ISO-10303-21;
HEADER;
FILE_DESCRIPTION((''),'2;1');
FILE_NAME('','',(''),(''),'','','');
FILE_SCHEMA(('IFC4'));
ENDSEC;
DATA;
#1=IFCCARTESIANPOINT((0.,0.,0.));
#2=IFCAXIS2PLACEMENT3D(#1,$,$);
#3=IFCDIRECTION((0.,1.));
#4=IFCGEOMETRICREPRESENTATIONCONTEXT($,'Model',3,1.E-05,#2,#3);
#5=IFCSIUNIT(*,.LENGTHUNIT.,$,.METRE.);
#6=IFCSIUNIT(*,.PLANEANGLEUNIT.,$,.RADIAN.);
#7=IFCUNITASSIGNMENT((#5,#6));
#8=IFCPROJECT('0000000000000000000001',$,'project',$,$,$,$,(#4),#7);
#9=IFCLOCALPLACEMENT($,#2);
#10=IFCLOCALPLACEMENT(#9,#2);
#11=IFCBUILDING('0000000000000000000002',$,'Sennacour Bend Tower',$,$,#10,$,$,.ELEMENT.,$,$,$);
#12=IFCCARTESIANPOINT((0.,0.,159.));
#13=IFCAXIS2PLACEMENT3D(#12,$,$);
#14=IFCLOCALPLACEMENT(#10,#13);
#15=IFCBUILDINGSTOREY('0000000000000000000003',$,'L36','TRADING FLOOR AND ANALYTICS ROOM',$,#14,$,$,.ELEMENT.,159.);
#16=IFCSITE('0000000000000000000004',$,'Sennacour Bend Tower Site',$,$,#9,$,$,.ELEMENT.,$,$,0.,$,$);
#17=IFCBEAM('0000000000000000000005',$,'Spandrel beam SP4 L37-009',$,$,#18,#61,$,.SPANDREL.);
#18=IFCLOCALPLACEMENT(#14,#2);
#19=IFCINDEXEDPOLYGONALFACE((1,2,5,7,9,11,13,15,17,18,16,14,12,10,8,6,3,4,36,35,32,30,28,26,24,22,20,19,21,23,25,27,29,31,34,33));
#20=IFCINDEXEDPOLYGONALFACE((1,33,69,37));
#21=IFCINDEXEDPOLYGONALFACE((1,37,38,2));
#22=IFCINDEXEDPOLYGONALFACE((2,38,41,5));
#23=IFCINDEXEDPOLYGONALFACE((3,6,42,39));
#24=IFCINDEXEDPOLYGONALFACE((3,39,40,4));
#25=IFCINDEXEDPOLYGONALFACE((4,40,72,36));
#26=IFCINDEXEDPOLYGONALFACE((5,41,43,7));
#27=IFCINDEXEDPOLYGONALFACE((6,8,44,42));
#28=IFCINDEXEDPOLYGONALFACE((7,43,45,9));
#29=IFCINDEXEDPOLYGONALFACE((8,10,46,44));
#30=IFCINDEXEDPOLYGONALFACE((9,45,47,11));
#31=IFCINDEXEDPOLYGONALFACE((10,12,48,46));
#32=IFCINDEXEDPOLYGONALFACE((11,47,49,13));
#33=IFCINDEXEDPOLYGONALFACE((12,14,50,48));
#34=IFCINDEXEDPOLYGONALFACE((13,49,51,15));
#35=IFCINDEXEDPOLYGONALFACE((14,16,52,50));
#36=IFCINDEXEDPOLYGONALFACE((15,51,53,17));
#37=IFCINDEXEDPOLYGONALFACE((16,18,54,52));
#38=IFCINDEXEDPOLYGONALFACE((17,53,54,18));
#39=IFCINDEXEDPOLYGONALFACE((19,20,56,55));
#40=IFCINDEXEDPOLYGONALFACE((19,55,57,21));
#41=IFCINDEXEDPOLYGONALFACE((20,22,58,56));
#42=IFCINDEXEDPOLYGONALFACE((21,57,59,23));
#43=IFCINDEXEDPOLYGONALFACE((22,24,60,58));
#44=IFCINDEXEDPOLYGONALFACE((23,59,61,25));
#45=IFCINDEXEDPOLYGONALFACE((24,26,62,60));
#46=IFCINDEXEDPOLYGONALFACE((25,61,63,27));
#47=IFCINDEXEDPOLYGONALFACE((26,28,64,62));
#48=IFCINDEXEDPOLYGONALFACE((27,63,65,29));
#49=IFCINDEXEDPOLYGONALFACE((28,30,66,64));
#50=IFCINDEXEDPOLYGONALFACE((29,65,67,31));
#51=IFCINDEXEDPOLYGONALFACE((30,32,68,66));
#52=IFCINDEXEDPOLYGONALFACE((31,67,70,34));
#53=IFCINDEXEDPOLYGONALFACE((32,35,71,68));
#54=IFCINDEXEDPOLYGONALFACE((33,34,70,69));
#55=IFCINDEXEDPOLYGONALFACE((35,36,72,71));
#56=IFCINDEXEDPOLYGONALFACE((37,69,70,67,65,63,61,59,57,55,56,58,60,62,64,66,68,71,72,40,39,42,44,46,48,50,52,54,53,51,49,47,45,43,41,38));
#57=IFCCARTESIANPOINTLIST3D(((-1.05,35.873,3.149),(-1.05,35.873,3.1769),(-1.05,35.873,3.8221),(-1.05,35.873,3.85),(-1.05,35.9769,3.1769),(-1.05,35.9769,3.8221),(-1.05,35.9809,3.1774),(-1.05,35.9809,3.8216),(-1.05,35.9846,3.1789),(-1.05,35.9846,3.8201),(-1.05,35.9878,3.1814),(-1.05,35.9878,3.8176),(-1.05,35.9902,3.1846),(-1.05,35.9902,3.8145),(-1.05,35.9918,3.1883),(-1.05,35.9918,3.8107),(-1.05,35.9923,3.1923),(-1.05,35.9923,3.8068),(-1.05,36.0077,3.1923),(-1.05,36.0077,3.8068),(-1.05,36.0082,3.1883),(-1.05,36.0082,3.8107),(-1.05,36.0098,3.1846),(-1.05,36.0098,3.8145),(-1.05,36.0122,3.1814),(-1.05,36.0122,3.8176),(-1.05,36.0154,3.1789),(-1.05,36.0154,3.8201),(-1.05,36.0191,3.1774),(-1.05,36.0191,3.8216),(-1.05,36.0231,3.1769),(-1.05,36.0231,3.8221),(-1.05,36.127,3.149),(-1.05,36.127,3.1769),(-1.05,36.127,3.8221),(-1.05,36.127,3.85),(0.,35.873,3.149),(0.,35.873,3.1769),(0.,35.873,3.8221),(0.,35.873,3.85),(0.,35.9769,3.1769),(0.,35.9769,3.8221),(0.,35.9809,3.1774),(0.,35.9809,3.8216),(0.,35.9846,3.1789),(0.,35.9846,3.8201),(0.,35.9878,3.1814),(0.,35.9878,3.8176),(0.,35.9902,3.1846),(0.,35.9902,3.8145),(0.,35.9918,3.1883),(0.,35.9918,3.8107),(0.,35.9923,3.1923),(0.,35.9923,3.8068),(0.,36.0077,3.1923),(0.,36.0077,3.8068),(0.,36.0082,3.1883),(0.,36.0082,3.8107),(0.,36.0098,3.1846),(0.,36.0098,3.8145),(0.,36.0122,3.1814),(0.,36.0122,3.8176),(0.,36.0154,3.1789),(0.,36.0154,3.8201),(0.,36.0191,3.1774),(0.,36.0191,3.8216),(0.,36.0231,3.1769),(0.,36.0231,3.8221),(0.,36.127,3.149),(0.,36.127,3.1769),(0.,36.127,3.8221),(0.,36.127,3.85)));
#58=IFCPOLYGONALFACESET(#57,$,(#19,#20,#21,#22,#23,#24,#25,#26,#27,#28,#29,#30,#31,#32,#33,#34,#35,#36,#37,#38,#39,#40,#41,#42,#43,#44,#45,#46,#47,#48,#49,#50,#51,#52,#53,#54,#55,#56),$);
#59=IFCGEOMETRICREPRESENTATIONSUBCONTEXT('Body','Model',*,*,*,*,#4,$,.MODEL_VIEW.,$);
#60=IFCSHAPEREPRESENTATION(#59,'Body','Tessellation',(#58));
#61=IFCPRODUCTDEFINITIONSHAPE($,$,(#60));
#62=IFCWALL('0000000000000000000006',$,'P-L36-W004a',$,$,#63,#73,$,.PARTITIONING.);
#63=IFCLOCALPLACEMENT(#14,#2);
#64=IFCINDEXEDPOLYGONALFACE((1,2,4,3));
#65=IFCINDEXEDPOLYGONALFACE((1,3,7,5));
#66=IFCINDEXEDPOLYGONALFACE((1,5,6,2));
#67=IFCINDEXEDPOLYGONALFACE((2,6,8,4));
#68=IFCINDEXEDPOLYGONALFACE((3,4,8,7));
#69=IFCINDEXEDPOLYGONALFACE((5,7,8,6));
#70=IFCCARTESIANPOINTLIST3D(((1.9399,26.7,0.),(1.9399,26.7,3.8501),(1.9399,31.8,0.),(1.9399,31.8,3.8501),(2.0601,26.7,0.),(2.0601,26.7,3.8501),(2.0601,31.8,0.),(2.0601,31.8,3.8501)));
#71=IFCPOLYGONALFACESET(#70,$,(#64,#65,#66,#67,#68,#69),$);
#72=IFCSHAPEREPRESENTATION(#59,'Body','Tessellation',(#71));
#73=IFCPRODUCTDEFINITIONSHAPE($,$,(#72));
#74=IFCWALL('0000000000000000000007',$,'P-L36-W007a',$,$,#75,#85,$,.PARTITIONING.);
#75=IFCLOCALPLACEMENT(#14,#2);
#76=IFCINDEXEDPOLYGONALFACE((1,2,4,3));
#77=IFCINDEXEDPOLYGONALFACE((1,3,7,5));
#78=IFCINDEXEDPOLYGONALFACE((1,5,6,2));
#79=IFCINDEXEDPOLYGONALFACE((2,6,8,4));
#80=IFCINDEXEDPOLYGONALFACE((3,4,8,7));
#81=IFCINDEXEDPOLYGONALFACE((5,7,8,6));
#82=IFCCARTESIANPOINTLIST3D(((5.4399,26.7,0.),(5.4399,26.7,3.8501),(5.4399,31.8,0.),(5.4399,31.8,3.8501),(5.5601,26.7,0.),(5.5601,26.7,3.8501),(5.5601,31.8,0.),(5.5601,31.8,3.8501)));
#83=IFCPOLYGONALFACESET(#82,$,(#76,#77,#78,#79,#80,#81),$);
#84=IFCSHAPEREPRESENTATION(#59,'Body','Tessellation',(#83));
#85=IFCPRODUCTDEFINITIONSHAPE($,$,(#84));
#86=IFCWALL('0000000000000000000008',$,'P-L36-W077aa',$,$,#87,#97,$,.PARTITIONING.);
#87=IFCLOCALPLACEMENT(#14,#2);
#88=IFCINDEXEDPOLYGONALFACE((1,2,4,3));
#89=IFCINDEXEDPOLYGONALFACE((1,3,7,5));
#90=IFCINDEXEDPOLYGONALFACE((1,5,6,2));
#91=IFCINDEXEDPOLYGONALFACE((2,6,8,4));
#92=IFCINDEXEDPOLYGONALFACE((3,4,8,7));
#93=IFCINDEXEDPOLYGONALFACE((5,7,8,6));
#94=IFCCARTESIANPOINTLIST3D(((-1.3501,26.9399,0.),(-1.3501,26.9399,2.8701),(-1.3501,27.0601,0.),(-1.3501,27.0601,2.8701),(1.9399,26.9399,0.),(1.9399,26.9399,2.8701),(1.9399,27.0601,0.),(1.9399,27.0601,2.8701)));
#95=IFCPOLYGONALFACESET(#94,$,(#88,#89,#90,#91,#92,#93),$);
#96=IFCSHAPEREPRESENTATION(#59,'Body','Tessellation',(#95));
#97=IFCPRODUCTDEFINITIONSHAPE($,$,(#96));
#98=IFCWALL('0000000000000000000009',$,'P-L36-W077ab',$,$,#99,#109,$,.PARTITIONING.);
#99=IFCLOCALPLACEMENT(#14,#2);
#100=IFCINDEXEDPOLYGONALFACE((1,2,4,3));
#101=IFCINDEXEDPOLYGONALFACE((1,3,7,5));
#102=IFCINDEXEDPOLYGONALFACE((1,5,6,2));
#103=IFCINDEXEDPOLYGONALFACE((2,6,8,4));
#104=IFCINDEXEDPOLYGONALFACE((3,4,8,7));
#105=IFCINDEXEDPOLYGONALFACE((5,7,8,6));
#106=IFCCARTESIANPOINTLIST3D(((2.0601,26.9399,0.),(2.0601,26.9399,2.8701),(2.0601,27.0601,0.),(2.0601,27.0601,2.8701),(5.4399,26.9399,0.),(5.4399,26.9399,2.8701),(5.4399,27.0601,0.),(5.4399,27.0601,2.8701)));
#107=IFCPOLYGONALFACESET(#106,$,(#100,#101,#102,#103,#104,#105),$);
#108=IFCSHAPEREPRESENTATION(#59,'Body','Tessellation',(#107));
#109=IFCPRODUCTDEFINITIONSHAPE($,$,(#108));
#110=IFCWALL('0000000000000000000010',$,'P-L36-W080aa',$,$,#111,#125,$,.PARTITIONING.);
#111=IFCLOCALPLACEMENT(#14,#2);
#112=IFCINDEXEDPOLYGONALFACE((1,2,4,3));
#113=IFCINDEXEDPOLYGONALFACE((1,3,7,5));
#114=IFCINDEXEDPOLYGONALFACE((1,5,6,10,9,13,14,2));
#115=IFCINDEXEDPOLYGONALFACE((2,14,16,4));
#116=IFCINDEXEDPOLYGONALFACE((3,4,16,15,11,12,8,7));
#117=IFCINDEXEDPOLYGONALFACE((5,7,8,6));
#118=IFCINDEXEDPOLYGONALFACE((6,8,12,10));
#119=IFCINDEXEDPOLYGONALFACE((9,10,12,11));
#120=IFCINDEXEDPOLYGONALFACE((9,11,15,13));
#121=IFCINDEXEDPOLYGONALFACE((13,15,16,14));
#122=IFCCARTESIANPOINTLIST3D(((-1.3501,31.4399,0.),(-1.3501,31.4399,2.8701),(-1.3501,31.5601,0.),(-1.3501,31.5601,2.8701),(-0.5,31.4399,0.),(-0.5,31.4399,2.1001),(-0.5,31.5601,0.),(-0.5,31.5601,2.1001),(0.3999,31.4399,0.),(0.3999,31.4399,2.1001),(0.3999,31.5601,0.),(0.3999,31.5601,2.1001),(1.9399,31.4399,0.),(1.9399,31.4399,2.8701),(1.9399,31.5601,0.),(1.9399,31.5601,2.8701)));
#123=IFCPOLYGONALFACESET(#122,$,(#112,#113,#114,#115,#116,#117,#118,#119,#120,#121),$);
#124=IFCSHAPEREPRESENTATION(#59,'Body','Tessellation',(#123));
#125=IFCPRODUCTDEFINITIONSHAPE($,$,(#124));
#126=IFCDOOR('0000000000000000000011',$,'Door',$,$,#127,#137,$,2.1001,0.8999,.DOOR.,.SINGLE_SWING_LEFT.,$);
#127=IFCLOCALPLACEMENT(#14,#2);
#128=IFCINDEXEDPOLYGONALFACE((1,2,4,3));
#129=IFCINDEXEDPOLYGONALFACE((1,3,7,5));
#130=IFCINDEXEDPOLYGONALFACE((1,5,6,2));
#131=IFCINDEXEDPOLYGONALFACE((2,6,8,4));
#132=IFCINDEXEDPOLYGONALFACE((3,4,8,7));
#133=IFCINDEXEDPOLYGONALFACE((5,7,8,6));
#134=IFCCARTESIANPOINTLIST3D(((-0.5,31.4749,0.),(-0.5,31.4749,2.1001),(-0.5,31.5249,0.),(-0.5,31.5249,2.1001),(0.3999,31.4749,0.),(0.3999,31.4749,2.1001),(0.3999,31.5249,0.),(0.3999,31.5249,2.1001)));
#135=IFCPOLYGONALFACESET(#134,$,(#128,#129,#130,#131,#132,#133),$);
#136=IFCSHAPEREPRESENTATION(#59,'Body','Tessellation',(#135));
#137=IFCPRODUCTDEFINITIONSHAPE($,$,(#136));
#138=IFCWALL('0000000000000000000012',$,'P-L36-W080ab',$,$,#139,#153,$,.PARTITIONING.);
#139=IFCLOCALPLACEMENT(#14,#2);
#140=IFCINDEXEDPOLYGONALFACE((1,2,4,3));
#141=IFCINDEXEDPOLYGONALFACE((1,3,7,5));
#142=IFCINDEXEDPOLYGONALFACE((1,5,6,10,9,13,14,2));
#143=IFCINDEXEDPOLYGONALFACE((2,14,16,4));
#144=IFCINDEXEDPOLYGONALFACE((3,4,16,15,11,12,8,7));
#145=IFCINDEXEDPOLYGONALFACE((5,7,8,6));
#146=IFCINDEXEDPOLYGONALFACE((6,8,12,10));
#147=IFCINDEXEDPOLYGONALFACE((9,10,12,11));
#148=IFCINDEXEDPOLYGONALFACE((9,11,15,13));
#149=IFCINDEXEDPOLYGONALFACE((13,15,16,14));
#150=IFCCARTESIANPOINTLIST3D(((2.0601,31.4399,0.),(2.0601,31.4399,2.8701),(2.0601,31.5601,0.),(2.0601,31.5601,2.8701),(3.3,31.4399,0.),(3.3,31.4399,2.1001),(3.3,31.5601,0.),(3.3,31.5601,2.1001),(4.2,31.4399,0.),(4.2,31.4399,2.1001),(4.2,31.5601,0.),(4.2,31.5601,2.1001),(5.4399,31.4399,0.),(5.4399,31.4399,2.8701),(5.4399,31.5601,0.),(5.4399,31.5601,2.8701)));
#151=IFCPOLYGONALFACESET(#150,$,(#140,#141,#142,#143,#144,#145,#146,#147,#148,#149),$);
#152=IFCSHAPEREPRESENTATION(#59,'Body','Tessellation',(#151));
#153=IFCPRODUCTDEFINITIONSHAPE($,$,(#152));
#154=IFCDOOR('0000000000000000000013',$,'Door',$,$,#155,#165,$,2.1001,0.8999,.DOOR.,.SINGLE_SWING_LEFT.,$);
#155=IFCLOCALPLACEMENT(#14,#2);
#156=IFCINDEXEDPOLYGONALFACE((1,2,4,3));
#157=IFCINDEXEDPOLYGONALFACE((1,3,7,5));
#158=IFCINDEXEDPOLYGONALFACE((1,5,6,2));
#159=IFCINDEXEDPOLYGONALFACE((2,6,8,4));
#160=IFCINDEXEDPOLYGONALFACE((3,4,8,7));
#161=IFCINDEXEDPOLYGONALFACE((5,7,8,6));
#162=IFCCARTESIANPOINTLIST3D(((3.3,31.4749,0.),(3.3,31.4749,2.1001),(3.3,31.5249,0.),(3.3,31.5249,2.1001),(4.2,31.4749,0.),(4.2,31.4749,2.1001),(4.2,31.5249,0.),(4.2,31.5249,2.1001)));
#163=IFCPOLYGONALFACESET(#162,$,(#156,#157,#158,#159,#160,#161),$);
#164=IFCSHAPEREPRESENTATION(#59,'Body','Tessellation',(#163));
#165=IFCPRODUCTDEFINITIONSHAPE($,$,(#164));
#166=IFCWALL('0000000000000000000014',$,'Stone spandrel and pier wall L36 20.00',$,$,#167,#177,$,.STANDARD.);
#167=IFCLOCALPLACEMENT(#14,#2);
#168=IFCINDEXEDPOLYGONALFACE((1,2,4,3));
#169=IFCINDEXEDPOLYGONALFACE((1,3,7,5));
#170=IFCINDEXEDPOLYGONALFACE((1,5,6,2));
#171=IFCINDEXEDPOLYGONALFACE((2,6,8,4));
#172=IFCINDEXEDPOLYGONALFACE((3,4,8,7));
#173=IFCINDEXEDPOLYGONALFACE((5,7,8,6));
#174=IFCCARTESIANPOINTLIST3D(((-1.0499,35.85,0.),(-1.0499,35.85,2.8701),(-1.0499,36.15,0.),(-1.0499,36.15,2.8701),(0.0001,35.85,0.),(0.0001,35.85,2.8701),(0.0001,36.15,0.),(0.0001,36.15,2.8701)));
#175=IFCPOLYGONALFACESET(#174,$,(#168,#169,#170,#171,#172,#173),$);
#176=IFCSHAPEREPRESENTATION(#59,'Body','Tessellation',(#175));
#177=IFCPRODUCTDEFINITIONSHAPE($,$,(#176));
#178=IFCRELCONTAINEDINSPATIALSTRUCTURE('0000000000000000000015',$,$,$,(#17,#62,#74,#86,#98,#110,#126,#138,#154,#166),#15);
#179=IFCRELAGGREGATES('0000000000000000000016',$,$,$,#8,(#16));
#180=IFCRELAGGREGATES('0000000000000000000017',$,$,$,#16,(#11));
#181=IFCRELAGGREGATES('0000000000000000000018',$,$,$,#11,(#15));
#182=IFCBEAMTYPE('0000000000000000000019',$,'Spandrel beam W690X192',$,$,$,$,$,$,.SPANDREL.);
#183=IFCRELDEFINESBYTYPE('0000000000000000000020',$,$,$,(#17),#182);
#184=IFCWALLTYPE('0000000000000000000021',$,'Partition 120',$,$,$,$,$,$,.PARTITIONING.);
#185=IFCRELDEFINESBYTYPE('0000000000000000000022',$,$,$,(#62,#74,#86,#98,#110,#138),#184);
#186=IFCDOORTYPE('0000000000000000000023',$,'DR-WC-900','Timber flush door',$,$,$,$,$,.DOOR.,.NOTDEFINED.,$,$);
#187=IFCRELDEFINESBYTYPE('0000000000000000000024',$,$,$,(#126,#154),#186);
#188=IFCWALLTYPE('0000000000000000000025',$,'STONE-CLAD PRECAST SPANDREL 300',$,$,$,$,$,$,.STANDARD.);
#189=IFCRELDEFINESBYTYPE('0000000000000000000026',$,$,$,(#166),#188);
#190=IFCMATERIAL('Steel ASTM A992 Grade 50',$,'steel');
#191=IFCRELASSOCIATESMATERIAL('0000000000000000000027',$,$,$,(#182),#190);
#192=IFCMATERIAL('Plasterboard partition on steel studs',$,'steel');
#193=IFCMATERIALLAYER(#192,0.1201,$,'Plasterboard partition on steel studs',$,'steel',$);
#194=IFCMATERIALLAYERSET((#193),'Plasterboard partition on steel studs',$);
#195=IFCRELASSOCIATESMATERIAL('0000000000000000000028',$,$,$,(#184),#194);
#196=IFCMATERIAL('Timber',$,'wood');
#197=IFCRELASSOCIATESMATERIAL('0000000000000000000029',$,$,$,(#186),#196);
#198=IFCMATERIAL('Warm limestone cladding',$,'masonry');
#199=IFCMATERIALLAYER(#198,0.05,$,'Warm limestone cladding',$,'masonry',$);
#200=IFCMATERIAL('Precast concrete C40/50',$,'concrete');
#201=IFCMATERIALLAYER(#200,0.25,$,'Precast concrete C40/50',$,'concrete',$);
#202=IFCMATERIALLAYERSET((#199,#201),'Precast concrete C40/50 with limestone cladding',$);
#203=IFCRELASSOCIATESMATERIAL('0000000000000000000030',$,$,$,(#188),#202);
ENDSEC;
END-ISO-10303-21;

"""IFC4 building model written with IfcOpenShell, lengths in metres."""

from ifc_helpers import new_model, si_unit, direction, frame, frame_2d, origin, origin_2d, place, context, subcontext, project, spatial, rectangle, i_section, extrude, material, layer, layer_set, material_profile, profile_set, type_object, element, fill, save


model = new_model("IFC4")

# Units and contexts
model_context = context("Model", 3, precision=1e-05, world=origin(), true_north=direction((0.0, 1.0)))
body_context = subcontext(model_context, "Body", "Model", "MODEL_VIEW")
ifc_project = project(units=[si_unit("LENGTHUNIT", "METRE"), si_unit("PLANEANGLEUNIT", "RADIAN")], contexts=[model_context])

# Site, building, storey
site_placement = place(None, origin())
site = spatial("IfcSite", under=ifc_project, at=site_placement, Name="Sennacour Bend Tower Site", CompositionType="ELEMENT", RefElevation=0.0)
building_placement = place(site_placement, origin())
building = spatial("IfcBuilding", under=site, at=building_placement, Name="Sennacour Bend Tower", CompositionType="ELEMENT")
storey_placement = place(building_placement, frame((0.0, 0.0, 159.0)))
storey = spatial("IfcBuildingStorey", under=building, at=storey_placement, Name="L36", Description="TRADING FLOOR AND ANALYTICS ROOM", CompositionType="ELEMENT", Elevation=159.0)

# Beam
ifc_material_1 = material(Name="Steel ASTM A992 Grade 50", Category="steel")
ifc_material_profile_1 = material_profile(ifc_material_1, i_section(OverallWidth=0.2539, OverallDepth=0.7009, WebThickness=0.0154, FlangeThickness=0.0278, FilletRadius=0.0154, at=origin_2d()), Name="Steel ASTM A992 Grade 50", Category="steel")
ifc_profile_set_1 = profile_set([ifc_material_profile_1], Name="Steel ASTM A992 Grade 50")
beam_type_1 = type_object("IfcBeamType", Name="Spandrel beam W690X192", PredefinedType="SPANDREL", material=ifc_profile_set_1)
beam_1_placement = place(storey_placement, frame((-1.05, 36.0, 3.4995), z_axis=(1.0, 0.0, 0.0), x_axis=(0.0, 1.0, 0.0)))
element("IfcBeam", 1, at=beam_1_placement, inside=storey, type_object=beam_type_1, Name="Spandrel beam SP4 L37-009", PredefinedType="SPANDREL", context=body_context, shape_type="SweptSolid", body=[
    extrude(i_section(OverallWidth=0.2539, OverallDepth=0.7009, WebThickness=0.0154, FlangeThickness=0.0278, FilletRadius=0.0154, at=origin_2d()), origin(), (0.0, 0.0, 1.0), 1.05),
])

# Walls
ifc_material_2 = material(Name="Plasterboard partition on steel studs", Category="steel")
ifc_layer_1 = layer(ifc_material_2, 0.1201, Name="Plasterboard partition on steel studs", Category="steel")
ifc_layer_set_1 = layer_set([ifc_layer_1], Name="Plasterboard partition on steel studs")
wall_type_1 = type_object("IfcWallType", Name="Partition 120", PredefinedType="PARTITIONING", material=ifc_layer_set_1)
for number, where, z_axis, x_axis, name in (
    (2, (2.0, 26.7, 0.0), (0.0, 0.0, 1.0), (0.0, 1.0, 0.0), "P-L36-W004a"),
    (3, (5.5, 26.7, 0.0), (0.0, 0.0, 1.0), (0.0, 1.0, 0.0), "P-L36-W007a"),
):
    element("IfcWall", number, at=place(storey_placement, frame(where, z_axis=z_axis, x_axis=x_axis)), inside=storey, type_object=wall_type_1, Name=name, PredefinedType="PARTITIONING", context=body_context, shape_type="SweptSolid", body=[
        extrude(rectangle(XDim=5.1001, YDim=0.1201, at=frame_2d((2.55, 0.0))), origin(), (0.0, 0.0, 1.0), 3.8501),
    ])
wall_1_placement = place(storey_placement, frame((-1.3501, 27.0, 0.0), z_axis=(0.0, 0.0, 1.0), x_axis=(1.0, 0.0, 0.0)))
element("IfcWall", 4, at=wall_1_placement, inside=storey, type_object=wall_type_1, Name="P-L36-W077aa", PredefinedType="PARTITIONING", context=body_context, shape_type="SweptSolid", body=[
    extrude(rectangle(XDim=3.29, YDim=0.1201, at=frame_2d((1.645, 0.0))), origin(), (0.0, 0.0, 1.0), 2.8701),
])
wall_2_placement = place(storey_placement, frame((2.0601, 27.0, 0.0), z_axis=(0.0, 0.0, 1.0), x_axis=(1.0, 0.0, 0.0)))
element("IfcWall", 5, at=wall_2_placement, inside=storey, type_object=wall_type_1, Name="P-L36-W077ab", PredefinedType="PARTITIONING", context=body_context, shape_type="SweptSolid", body=[
    extrude(rectangle(XDim=3.3799, YDim=0.1201, at=frame_2d((1.6899, 0.0))), origin(), (0.0, 0.0, 1.0), 2.8701),
])

# Walls, openings, doors
wall_3_placement = place(storey_placement, frame((-1.3501, 31.5, 0.0), z_axis=(0.0, 0.0, 1.0), x_axis=(1.0, 0.0, 0.0)))
wall_3 = element("IfcWall", 6, at=wall_3_placement, inside=storey, type_object=wall_type_1, Name="P-L36-W080aa", PredefinedType="PARTITIONING", context=body_context, shape_type="SweptSolid", body=[
    extrude(rectangle(XDim=3.29, YDim=0.1201, at=frame_2d((1.645, 0.0))), origin(), (0.0, 0.0, 1.0), 2.8701),
])
opening_1_placement = place(wall_3_placement, frame((0.8501, 0.0, 0.0)))
opening_1 = element("IfcOpeningElement", 7, at=opening_1_placement, cuts=wall_3, PredefinedType="OPENING", context=body_context, shape_type="SweptSolid", body=[
    extrude(rectangle(XDim=0.8999, YDim=2.1001, at=frame_2d((0.45, 1.05))), frame((0.0, 0.0701, 0.0), z_axis=(0.0, -1.0, 0.0), x_axis=(1.0, 0.0, 0.0)), (0.0, 0.0, 1.0), 0.1401),
])
ifc_material_3 = material(Name="Timber", Category="wood")
door_type = type_object("IfcDoorType", Name="DR-WC-900", Description="Timber flush door", OperationType="NOTDEFINED", PredefinedType="DOOR", material=ifc_material_3)
door_1_placement = place(opening_1_placement, origin())
door_1 = element("IfcDoor", 8, at=door_1_placement, inside=storey, type_object=door_type, Name="Door", OperationType="SINGLE_SWING_LEFT", OverallHeight=2.1001, OverallWidth=0.8999, PredefinedType="DOOR", context=body_context, shape_type="SweptSolid", body=[
    extrude(rectangle(XDim=0.8999, YDim=2.1001, at=frame_2d((0.45, 1.05))), frame((0.0, 0.0249, 0.0), z_axis=(0.0, -1.0, 0.0), x_axis=(1.0, 0.0, 0.0)), (0.0, 0.0, 1.0), 0.05),
])
fill(opening_1, door_1)
wall_4_placement = place(storey_placement, frame((2.0601, 31.5, 0.0), z_axis=(0.0, 0.0, 1.0), x_axis=(1.0, 0.0, 0.0)))
wall_4 = element("IfcWall", 9, at=wall_4_placement, inside=storey, type_object=wall_type_1, Name="P-L36-W080ab", PredefinedType="PARTITIONING", context=body_context, shape_type="SweptSolid", body=[
    extrude(rectangle(XDim=3.3799, YDim=0.1201, at=frame_2d((1.6899, 0.0))), origin(), (0.0, 0.0, 1.0), 2.8701),
])
opening_2_placement = place(wall_4_placement, frame((1.24, 0.0, 0.0)))
opening_2 = element("IfcOpeningElement", 10, at=opening_2_placement, cuts=wall_4, PredefinedType="OPENING", context=body_context, shape_type="SweptSolid", body=[
    extrude(rectangle(XDim=0.8999, YDim=2.1001, at=frame_2d((0.45, 1.05))), frame((0.0, 0.0701, 0.0), z_axis=(0.0, -1.0, 0.0), x_axis=(1.0, 0.0, 0.0)), (0.0, 0.0, 1.0), 0.1401),
])
door_2_placement = place(opening_2_placement, origin())
door_2 = element("IfcDoor", 11, at=door_2_placement, inside=storey, type_object=door_type, Name="Door", OperationType="SINGLE_SWING_LEFT", OverallHeight=2.1001, OverallWidth=0.8999, PredefinedType="DOOR", context=body_context, shape_type="SweptSolid", body=[
    extrude(rectangle(XDim=0.8999, YDim=2.1001, at=frame_2d((0.45, 1.05))), frame((0.0, 0.0249, 0.0), z_axis=(0.0, -1.0, 0.0), x_axis=(1.0, 0.0, 0.0)), (0.0, 0.0, 1.0), 0.05),
])
fill(opening_2, door_2)

# Wall
ifc_material_4 = material(Name="Warm limestone cladding", Category="masonry")
ifc_layer_2 = layer(ifc_material_4, 0.05, Name="Warm limestone cladding", Category="masonry")
ifc_material_5 = material(Name="Precast concrete C40/50", Category="concrete")
ifc_layer_3 = layer(ifc_material_5, 0.25, Name="Precast concrete C40/50", Category="concrete")
ifc_layer_set_2 = layer_set([ifc_layer_2, ifc_layer_3], Name="Precast concrete C40/50 with limestone cladding")
wall_type_2 = type_object("IfcWallType", Name="STONE-CLAD PRECAST SPANDREL 300", PredefinedType="STANDARD", material=ifc_layer_set_2)
wall_5_placement = place(storey_placement, frame((0.0, 36.0, 0.0), z_axis=(0.0, 0.0, 1.0), x_axis=(-1.0, 0.0, 0.0)))
element("IfcWall", 12, at=wall_5_placement, inside=storey, type_object=wall_type_2, Name="Stone spandrel and pier wall L36 20.00", PredefinedType="STANDARD", context=body_context, shape_type="SweptSolid", body=[
    extrude(rectangle(XDim=1.05, YDim=0.3, at=frame_2d((0.5249, 0.0))), origin(), (0.0, 0.0, 1.0), 2.8701),
])

save(model, "model.ifc")
